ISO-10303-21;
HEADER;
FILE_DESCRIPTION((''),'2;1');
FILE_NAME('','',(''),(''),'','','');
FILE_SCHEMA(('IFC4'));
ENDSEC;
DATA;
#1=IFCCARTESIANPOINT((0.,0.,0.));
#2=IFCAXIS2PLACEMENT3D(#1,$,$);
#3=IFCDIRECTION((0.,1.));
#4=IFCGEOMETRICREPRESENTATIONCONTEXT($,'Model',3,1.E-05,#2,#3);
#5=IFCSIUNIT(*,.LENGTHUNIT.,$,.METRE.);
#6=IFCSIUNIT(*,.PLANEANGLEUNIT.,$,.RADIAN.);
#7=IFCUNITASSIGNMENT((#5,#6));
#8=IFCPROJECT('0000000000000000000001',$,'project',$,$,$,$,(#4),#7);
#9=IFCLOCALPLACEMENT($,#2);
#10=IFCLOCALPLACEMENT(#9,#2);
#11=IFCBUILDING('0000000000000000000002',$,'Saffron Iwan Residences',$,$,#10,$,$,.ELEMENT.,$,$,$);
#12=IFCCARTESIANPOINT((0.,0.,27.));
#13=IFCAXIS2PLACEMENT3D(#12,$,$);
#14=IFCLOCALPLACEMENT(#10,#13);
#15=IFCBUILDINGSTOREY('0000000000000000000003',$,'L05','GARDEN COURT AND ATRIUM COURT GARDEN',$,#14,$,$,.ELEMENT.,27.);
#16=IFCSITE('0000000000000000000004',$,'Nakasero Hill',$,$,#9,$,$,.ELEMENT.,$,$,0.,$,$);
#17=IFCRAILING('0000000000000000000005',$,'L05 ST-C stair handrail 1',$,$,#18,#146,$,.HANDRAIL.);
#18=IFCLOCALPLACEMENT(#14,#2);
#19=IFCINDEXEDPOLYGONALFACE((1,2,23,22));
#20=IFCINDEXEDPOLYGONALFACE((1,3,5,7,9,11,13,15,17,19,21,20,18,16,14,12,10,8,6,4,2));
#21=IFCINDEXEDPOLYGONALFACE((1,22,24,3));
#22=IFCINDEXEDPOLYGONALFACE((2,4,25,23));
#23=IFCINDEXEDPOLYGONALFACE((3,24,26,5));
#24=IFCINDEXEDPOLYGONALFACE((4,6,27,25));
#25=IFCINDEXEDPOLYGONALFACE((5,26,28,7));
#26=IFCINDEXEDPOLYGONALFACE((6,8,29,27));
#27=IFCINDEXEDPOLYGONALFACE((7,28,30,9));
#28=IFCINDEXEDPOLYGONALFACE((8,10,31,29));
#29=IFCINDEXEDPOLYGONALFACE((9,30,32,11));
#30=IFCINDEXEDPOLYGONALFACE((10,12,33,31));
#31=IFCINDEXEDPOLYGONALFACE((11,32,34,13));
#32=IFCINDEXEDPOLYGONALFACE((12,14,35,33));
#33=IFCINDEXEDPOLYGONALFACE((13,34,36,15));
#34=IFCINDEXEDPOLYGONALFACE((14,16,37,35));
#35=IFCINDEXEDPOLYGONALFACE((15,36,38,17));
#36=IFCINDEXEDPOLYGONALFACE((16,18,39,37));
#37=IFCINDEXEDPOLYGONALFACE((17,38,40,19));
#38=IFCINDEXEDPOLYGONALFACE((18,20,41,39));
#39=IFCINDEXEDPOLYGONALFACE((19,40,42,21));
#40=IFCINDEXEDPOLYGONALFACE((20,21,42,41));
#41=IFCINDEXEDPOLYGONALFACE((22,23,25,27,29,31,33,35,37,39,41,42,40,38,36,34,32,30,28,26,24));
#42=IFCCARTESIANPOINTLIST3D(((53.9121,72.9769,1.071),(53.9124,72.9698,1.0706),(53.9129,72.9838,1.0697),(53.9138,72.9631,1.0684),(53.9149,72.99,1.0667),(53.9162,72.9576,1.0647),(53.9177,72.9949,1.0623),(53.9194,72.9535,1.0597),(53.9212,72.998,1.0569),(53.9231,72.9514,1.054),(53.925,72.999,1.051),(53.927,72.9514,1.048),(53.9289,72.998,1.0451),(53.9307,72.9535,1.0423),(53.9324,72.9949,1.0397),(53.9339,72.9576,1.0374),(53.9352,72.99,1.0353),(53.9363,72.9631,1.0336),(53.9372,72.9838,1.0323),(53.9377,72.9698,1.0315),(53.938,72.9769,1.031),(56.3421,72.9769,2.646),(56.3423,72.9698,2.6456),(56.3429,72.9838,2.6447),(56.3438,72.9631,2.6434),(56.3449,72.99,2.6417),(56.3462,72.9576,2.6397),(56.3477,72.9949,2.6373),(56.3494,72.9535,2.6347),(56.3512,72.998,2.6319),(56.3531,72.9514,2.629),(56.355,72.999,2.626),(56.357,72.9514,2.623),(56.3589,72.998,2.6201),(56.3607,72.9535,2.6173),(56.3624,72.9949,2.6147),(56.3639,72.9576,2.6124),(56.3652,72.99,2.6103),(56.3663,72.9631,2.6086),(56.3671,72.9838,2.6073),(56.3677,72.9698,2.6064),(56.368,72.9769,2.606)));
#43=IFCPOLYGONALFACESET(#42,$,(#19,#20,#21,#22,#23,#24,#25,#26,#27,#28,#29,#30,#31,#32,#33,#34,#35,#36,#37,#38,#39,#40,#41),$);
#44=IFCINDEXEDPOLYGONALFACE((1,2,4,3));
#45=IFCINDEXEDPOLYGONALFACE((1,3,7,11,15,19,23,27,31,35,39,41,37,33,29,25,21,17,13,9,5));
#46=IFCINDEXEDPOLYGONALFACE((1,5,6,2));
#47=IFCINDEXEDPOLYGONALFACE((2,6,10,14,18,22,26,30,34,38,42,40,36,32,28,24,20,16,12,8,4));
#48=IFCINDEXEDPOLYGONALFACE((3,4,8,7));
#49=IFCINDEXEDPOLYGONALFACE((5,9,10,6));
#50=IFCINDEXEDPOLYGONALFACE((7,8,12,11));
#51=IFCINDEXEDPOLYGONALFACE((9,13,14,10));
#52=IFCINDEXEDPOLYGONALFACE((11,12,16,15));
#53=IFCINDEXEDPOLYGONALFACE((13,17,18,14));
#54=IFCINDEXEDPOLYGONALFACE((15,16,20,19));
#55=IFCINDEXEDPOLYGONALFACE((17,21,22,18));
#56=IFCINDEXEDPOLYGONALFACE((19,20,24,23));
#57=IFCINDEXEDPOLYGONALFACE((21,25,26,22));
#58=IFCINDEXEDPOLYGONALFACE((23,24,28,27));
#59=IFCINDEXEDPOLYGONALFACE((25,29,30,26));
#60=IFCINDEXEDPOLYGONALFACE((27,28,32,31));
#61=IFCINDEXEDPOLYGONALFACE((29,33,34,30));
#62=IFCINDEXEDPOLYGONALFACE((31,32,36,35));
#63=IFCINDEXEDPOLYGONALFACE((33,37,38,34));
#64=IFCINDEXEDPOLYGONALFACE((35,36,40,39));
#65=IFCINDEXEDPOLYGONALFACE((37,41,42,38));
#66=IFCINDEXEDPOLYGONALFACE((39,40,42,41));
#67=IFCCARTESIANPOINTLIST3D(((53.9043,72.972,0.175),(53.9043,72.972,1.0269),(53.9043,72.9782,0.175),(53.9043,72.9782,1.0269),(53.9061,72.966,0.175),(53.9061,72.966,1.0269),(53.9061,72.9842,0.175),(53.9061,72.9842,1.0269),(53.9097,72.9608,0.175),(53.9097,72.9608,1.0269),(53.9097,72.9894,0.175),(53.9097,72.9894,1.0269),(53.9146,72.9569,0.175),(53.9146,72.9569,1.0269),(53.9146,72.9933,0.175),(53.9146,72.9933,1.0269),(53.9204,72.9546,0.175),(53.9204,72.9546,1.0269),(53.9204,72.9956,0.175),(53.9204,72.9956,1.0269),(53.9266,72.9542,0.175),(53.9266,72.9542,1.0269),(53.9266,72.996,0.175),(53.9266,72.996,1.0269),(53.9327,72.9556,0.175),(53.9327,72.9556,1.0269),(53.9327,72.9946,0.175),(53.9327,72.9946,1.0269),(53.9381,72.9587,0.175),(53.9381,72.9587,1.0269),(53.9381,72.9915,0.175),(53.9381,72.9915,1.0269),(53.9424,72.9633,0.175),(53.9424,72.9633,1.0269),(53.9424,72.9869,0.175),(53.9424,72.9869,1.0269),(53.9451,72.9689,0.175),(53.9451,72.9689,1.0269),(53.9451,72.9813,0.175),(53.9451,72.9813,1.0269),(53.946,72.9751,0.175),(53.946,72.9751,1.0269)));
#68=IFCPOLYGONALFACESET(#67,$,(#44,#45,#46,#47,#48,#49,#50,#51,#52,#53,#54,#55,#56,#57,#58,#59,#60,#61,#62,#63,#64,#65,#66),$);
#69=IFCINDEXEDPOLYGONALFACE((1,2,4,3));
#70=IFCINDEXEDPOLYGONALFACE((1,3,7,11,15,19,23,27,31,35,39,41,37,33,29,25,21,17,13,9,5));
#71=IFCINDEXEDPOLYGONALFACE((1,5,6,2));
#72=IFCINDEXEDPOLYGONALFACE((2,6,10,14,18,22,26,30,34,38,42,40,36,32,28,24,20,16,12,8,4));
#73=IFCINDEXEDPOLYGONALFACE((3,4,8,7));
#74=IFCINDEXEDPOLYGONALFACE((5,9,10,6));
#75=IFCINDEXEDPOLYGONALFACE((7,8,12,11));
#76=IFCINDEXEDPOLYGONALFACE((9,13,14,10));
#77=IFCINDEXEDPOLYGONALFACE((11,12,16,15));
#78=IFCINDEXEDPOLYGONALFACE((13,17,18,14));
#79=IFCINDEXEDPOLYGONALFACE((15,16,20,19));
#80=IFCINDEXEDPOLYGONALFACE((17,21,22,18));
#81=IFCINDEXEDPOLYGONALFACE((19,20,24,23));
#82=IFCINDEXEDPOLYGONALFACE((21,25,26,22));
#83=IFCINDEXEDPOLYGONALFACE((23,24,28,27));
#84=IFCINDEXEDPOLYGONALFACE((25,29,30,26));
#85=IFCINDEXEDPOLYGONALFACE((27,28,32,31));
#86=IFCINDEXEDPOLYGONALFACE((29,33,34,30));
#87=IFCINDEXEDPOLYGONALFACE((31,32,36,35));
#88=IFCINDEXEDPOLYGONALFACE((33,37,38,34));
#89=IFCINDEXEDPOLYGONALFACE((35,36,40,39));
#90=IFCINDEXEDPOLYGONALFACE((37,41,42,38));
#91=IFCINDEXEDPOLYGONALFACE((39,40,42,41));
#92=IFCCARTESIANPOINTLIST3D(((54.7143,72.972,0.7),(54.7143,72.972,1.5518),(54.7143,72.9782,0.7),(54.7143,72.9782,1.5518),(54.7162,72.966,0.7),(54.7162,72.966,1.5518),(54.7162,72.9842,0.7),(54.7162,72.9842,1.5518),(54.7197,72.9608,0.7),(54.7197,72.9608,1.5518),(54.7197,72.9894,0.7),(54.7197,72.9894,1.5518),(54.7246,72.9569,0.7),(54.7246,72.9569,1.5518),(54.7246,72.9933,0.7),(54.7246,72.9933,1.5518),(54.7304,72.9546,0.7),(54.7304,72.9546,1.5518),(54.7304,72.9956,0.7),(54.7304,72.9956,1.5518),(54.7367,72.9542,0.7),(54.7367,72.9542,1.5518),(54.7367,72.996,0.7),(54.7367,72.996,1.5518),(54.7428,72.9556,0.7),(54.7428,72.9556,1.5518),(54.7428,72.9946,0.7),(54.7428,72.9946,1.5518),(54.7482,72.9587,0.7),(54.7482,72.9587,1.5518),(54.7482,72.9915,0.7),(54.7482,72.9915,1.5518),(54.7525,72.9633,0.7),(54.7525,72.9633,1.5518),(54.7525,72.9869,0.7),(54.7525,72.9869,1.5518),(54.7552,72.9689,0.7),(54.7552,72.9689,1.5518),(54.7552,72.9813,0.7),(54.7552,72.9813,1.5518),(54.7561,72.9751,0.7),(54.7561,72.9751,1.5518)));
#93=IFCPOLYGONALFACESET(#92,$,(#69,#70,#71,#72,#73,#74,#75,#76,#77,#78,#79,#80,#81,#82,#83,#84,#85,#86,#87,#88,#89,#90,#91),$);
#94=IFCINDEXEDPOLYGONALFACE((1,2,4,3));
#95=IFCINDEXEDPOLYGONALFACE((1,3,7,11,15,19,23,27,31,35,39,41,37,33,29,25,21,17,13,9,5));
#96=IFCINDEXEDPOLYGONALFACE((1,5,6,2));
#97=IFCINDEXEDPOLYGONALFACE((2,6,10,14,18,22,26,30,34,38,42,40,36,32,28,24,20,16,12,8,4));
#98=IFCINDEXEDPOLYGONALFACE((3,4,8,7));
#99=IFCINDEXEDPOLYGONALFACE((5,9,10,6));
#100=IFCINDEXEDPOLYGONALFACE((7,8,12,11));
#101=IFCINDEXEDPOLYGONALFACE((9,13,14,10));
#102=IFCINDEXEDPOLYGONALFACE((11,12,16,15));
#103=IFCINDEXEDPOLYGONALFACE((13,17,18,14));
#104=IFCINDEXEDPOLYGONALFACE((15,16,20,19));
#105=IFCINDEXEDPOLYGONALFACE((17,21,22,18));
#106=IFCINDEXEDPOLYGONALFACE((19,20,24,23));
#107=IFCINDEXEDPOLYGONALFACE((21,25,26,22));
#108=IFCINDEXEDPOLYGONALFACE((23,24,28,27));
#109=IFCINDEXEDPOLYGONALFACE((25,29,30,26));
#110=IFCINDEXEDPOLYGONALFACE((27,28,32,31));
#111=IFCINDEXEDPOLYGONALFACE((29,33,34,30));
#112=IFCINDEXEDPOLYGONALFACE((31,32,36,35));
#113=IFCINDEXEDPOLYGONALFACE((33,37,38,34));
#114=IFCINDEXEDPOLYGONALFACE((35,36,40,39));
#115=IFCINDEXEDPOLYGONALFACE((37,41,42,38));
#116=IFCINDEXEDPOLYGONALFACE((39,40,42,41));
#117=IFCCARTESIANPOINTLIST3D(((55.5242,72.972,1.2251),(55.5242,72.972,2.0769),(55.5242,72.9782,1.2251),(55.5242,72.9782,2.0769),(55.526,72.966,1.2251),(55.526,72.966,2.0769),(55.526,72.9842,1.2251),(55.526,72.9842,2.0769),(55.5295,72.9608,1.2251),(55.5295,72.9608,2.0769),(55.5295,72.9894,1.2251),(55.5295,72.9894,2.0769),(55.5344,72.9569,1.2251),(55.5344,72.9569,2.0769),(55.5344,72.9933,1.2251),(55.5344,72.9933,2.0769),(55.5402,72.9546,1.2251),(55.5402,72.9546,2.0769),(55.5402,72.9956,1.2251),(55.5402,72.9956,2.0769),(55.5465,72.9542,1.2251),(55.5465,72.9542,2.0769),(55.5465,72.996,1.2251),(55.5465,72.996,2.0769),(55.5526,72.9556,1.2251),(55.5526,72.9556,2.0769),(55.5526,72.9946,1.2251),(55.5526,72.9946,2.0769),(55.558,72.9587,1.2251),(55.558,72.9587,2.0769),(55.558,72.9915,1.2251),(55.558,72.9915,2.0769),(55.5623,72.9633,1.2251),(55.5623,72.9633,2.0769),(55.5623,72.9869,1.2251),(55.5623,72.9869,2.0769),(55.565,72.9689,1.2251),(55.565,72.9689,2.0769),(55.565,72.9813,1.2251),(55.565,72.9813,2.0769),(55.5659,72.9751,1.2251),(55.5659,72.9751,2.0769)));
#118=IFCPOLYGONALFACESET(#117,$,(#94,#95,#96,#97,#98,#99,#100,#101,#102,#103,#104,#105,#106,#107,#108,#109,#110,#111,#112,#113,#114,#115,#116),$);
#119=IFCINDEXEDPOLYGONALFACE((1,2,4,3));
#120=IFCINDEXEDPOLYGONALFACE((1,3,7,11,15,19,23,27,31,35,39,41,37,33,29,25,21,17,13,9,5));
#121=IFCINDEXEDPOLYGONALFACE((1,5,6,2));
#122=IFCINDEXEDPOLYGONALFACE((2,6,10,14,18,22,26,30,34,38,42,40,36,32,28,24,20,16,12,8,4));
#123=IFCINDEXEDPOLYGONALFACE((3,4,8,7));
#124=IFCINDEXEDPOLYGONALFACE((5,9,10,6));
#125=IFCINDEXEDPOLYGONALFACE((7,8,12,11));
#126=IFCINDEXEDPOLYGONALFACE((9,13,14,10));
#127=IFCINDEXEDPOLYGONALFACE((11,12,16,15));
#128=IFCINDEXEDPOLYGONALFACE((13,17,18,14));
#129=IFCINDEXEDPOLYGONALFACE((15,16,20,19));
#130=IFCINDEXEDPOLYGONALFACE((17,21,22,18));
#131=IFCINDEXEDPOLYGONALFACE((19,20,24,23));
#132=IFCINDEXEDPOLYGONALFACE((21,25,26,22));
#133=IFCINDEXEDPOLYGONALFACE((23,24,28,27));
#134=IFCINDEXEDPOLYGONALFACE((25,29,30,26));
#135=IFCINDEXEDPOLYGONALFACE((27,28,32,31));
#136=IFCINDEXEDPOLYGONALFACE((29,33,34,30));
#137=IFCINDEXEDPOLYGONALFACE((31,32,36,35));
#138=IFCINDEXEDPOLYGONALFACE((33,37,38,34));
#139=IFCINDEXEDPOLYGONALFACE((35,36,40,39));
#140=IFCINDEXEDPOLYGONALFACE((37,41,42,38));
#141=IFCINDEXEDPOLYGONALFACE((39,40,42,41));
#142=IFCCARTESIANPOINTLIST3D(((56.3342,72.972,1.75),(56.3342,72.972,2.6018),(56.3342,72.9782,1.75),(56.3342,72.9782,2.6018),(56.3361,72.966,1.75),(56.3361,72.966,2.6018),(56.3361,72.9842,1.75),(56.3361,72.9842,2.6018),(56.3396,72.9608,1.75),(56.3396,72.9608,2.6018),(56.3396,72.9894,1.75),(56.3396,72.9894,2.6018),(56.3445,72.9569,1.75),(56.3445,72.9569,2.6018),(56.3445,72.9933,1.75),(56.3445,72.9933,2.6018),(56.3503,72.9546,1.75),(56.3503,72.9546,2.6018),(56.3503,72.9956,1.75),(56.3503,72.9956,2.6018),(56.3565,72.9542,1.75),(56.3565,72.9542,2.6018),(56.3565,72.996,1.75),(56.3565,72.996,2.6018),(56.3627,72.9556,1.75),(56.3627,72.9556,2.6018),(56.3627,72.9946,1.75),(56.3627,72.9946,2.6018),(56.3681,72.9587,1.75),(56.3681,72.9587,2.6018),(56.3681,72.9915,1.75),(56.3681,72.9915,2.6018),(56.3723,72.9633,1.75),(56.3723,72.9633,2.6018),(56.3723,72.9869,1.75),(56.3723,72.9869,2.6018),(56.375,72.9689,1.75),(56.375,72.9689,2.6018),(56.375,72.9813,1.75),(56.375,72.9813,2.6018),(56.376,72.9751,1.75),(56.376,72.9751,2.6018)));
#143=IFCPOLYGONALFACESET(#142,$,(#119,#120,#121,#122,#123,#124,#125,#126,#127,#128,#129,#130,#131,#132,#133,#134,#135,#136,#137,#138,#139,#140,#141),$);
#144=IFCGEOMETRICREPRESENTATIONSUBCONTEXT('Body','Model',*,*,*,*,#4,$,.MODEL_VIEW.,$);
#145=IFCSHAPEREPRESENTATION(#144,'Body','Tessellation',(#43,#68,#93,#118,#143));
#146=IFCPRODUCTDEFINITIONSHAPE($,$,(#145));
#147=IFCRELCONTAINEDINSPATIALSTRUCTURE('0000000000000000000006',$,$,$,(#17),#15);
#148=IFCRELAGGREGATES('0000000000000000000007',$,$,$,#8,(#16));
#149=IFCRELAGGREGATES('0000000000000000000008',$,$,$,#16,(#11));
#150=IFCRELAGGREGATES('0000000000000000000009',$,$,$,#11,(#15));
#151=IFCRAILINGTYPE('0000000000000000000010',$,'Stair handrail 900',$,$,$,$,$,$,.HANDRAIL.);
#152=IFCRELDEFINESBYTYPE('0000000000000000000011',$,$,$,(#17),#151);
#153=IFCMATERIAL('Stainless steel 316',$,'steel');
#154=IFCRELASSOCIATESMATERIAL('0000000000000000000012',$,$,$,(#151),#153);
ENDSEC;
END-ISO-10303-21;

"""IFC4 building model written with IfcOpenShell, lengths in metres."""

from ifc_helpers import new_model, si_unit, direction, frame, origin, origin_2d, place, context, subcontext, project, spatial, circle, extrude, material, type_object, element, save


model = new_model("IFC4")

# Units and contexts
model_context = context("Model", 3, precision=1e-05, world=origin(), true_north=direction((0.0, 1.0)))
body_context = subcontext(model_context, "Body", "Model", "MODEL_VIEW")
ifc_project = project(units=[si_unit("LENGTHUNIT", "METRE"), si_unit("PLANEANGLEUNIT", "RADIAN")], contexts=[model_context])

# Site, building, storey
site_placement = place(None, origin())
site = spatial("IfcSite", under=ifc_project, at=site_placement, Name="Nakasero Hill", CompositionType="ELEMENT", RefElevation=0.0)
building_placement = place(site_placement, origin())
building = spatial("IfcBuilding", under=site, at=building_placement, Name="Saffron Iwan Residences", CompositionType="ELEMENT")
storey_placement = place(building_placement, frame((0.0, 0.0, 27.0)))
storey = spatial("IfcBuildingStorey", under=building, at=storey_placement, Name="L05", Description="GARDEN COURT AND ATRIUM COURT GARDEN", CompositionType="ELEMENT", Elevation=27.0)

# Railing
ifc_material_1 = material(Name="Stainless steel 316", Category="steel")
railing_type_1 = type_object("IfcRailingType", Name="Stair handrail 900", PredefinedType="HANDRAIL", material=ifc_material_1)
railing_1_placement = place(storey_placement, frame((53.925, 72.9751, 0.175)))
element("IfcRailing", 1, at=railing_1_placement, inside=storey, type_object=railing_type_1, Name="L05 ST-C stair handrail 1", PredefinedType="HANDRAIL", context=body_context, shape_type="SweptSolid", body=[
    extrude(circle(Radius=0.0239, at=origin_2d()), frame((0.0, 0.0, 0.876), z_axis=(0.839154, 0.0, 0.543894), x_axis=(0.0, 1.0, 0.0)), (0.0, 0.0, 1.0), 2.8958),
    extrude(circle(Radius=0.021, at=origin_2d()), origin(), (0.0, 0.0, 1.0), 0.8518),
    extrude(circle(Radius=0.021, at=origin_2d()), frame((0.8101, 0.0, 0.5249)), (0.0, 0.0, 1.0), 0.8518),
    extrude(circle(Radius=0.021, at=origin_2d()), frame((1.6199, 0.0, 1.05)), (0.0, 0.0, 1.0), 0.8518),
    extrude(circle(Radius=0.021, at=origin_2d()), frame((2.4299, 0.0, 1.575)), (0.0, 0.0, 1.0), 0.8518),
])

save(model, "model.ifc")
